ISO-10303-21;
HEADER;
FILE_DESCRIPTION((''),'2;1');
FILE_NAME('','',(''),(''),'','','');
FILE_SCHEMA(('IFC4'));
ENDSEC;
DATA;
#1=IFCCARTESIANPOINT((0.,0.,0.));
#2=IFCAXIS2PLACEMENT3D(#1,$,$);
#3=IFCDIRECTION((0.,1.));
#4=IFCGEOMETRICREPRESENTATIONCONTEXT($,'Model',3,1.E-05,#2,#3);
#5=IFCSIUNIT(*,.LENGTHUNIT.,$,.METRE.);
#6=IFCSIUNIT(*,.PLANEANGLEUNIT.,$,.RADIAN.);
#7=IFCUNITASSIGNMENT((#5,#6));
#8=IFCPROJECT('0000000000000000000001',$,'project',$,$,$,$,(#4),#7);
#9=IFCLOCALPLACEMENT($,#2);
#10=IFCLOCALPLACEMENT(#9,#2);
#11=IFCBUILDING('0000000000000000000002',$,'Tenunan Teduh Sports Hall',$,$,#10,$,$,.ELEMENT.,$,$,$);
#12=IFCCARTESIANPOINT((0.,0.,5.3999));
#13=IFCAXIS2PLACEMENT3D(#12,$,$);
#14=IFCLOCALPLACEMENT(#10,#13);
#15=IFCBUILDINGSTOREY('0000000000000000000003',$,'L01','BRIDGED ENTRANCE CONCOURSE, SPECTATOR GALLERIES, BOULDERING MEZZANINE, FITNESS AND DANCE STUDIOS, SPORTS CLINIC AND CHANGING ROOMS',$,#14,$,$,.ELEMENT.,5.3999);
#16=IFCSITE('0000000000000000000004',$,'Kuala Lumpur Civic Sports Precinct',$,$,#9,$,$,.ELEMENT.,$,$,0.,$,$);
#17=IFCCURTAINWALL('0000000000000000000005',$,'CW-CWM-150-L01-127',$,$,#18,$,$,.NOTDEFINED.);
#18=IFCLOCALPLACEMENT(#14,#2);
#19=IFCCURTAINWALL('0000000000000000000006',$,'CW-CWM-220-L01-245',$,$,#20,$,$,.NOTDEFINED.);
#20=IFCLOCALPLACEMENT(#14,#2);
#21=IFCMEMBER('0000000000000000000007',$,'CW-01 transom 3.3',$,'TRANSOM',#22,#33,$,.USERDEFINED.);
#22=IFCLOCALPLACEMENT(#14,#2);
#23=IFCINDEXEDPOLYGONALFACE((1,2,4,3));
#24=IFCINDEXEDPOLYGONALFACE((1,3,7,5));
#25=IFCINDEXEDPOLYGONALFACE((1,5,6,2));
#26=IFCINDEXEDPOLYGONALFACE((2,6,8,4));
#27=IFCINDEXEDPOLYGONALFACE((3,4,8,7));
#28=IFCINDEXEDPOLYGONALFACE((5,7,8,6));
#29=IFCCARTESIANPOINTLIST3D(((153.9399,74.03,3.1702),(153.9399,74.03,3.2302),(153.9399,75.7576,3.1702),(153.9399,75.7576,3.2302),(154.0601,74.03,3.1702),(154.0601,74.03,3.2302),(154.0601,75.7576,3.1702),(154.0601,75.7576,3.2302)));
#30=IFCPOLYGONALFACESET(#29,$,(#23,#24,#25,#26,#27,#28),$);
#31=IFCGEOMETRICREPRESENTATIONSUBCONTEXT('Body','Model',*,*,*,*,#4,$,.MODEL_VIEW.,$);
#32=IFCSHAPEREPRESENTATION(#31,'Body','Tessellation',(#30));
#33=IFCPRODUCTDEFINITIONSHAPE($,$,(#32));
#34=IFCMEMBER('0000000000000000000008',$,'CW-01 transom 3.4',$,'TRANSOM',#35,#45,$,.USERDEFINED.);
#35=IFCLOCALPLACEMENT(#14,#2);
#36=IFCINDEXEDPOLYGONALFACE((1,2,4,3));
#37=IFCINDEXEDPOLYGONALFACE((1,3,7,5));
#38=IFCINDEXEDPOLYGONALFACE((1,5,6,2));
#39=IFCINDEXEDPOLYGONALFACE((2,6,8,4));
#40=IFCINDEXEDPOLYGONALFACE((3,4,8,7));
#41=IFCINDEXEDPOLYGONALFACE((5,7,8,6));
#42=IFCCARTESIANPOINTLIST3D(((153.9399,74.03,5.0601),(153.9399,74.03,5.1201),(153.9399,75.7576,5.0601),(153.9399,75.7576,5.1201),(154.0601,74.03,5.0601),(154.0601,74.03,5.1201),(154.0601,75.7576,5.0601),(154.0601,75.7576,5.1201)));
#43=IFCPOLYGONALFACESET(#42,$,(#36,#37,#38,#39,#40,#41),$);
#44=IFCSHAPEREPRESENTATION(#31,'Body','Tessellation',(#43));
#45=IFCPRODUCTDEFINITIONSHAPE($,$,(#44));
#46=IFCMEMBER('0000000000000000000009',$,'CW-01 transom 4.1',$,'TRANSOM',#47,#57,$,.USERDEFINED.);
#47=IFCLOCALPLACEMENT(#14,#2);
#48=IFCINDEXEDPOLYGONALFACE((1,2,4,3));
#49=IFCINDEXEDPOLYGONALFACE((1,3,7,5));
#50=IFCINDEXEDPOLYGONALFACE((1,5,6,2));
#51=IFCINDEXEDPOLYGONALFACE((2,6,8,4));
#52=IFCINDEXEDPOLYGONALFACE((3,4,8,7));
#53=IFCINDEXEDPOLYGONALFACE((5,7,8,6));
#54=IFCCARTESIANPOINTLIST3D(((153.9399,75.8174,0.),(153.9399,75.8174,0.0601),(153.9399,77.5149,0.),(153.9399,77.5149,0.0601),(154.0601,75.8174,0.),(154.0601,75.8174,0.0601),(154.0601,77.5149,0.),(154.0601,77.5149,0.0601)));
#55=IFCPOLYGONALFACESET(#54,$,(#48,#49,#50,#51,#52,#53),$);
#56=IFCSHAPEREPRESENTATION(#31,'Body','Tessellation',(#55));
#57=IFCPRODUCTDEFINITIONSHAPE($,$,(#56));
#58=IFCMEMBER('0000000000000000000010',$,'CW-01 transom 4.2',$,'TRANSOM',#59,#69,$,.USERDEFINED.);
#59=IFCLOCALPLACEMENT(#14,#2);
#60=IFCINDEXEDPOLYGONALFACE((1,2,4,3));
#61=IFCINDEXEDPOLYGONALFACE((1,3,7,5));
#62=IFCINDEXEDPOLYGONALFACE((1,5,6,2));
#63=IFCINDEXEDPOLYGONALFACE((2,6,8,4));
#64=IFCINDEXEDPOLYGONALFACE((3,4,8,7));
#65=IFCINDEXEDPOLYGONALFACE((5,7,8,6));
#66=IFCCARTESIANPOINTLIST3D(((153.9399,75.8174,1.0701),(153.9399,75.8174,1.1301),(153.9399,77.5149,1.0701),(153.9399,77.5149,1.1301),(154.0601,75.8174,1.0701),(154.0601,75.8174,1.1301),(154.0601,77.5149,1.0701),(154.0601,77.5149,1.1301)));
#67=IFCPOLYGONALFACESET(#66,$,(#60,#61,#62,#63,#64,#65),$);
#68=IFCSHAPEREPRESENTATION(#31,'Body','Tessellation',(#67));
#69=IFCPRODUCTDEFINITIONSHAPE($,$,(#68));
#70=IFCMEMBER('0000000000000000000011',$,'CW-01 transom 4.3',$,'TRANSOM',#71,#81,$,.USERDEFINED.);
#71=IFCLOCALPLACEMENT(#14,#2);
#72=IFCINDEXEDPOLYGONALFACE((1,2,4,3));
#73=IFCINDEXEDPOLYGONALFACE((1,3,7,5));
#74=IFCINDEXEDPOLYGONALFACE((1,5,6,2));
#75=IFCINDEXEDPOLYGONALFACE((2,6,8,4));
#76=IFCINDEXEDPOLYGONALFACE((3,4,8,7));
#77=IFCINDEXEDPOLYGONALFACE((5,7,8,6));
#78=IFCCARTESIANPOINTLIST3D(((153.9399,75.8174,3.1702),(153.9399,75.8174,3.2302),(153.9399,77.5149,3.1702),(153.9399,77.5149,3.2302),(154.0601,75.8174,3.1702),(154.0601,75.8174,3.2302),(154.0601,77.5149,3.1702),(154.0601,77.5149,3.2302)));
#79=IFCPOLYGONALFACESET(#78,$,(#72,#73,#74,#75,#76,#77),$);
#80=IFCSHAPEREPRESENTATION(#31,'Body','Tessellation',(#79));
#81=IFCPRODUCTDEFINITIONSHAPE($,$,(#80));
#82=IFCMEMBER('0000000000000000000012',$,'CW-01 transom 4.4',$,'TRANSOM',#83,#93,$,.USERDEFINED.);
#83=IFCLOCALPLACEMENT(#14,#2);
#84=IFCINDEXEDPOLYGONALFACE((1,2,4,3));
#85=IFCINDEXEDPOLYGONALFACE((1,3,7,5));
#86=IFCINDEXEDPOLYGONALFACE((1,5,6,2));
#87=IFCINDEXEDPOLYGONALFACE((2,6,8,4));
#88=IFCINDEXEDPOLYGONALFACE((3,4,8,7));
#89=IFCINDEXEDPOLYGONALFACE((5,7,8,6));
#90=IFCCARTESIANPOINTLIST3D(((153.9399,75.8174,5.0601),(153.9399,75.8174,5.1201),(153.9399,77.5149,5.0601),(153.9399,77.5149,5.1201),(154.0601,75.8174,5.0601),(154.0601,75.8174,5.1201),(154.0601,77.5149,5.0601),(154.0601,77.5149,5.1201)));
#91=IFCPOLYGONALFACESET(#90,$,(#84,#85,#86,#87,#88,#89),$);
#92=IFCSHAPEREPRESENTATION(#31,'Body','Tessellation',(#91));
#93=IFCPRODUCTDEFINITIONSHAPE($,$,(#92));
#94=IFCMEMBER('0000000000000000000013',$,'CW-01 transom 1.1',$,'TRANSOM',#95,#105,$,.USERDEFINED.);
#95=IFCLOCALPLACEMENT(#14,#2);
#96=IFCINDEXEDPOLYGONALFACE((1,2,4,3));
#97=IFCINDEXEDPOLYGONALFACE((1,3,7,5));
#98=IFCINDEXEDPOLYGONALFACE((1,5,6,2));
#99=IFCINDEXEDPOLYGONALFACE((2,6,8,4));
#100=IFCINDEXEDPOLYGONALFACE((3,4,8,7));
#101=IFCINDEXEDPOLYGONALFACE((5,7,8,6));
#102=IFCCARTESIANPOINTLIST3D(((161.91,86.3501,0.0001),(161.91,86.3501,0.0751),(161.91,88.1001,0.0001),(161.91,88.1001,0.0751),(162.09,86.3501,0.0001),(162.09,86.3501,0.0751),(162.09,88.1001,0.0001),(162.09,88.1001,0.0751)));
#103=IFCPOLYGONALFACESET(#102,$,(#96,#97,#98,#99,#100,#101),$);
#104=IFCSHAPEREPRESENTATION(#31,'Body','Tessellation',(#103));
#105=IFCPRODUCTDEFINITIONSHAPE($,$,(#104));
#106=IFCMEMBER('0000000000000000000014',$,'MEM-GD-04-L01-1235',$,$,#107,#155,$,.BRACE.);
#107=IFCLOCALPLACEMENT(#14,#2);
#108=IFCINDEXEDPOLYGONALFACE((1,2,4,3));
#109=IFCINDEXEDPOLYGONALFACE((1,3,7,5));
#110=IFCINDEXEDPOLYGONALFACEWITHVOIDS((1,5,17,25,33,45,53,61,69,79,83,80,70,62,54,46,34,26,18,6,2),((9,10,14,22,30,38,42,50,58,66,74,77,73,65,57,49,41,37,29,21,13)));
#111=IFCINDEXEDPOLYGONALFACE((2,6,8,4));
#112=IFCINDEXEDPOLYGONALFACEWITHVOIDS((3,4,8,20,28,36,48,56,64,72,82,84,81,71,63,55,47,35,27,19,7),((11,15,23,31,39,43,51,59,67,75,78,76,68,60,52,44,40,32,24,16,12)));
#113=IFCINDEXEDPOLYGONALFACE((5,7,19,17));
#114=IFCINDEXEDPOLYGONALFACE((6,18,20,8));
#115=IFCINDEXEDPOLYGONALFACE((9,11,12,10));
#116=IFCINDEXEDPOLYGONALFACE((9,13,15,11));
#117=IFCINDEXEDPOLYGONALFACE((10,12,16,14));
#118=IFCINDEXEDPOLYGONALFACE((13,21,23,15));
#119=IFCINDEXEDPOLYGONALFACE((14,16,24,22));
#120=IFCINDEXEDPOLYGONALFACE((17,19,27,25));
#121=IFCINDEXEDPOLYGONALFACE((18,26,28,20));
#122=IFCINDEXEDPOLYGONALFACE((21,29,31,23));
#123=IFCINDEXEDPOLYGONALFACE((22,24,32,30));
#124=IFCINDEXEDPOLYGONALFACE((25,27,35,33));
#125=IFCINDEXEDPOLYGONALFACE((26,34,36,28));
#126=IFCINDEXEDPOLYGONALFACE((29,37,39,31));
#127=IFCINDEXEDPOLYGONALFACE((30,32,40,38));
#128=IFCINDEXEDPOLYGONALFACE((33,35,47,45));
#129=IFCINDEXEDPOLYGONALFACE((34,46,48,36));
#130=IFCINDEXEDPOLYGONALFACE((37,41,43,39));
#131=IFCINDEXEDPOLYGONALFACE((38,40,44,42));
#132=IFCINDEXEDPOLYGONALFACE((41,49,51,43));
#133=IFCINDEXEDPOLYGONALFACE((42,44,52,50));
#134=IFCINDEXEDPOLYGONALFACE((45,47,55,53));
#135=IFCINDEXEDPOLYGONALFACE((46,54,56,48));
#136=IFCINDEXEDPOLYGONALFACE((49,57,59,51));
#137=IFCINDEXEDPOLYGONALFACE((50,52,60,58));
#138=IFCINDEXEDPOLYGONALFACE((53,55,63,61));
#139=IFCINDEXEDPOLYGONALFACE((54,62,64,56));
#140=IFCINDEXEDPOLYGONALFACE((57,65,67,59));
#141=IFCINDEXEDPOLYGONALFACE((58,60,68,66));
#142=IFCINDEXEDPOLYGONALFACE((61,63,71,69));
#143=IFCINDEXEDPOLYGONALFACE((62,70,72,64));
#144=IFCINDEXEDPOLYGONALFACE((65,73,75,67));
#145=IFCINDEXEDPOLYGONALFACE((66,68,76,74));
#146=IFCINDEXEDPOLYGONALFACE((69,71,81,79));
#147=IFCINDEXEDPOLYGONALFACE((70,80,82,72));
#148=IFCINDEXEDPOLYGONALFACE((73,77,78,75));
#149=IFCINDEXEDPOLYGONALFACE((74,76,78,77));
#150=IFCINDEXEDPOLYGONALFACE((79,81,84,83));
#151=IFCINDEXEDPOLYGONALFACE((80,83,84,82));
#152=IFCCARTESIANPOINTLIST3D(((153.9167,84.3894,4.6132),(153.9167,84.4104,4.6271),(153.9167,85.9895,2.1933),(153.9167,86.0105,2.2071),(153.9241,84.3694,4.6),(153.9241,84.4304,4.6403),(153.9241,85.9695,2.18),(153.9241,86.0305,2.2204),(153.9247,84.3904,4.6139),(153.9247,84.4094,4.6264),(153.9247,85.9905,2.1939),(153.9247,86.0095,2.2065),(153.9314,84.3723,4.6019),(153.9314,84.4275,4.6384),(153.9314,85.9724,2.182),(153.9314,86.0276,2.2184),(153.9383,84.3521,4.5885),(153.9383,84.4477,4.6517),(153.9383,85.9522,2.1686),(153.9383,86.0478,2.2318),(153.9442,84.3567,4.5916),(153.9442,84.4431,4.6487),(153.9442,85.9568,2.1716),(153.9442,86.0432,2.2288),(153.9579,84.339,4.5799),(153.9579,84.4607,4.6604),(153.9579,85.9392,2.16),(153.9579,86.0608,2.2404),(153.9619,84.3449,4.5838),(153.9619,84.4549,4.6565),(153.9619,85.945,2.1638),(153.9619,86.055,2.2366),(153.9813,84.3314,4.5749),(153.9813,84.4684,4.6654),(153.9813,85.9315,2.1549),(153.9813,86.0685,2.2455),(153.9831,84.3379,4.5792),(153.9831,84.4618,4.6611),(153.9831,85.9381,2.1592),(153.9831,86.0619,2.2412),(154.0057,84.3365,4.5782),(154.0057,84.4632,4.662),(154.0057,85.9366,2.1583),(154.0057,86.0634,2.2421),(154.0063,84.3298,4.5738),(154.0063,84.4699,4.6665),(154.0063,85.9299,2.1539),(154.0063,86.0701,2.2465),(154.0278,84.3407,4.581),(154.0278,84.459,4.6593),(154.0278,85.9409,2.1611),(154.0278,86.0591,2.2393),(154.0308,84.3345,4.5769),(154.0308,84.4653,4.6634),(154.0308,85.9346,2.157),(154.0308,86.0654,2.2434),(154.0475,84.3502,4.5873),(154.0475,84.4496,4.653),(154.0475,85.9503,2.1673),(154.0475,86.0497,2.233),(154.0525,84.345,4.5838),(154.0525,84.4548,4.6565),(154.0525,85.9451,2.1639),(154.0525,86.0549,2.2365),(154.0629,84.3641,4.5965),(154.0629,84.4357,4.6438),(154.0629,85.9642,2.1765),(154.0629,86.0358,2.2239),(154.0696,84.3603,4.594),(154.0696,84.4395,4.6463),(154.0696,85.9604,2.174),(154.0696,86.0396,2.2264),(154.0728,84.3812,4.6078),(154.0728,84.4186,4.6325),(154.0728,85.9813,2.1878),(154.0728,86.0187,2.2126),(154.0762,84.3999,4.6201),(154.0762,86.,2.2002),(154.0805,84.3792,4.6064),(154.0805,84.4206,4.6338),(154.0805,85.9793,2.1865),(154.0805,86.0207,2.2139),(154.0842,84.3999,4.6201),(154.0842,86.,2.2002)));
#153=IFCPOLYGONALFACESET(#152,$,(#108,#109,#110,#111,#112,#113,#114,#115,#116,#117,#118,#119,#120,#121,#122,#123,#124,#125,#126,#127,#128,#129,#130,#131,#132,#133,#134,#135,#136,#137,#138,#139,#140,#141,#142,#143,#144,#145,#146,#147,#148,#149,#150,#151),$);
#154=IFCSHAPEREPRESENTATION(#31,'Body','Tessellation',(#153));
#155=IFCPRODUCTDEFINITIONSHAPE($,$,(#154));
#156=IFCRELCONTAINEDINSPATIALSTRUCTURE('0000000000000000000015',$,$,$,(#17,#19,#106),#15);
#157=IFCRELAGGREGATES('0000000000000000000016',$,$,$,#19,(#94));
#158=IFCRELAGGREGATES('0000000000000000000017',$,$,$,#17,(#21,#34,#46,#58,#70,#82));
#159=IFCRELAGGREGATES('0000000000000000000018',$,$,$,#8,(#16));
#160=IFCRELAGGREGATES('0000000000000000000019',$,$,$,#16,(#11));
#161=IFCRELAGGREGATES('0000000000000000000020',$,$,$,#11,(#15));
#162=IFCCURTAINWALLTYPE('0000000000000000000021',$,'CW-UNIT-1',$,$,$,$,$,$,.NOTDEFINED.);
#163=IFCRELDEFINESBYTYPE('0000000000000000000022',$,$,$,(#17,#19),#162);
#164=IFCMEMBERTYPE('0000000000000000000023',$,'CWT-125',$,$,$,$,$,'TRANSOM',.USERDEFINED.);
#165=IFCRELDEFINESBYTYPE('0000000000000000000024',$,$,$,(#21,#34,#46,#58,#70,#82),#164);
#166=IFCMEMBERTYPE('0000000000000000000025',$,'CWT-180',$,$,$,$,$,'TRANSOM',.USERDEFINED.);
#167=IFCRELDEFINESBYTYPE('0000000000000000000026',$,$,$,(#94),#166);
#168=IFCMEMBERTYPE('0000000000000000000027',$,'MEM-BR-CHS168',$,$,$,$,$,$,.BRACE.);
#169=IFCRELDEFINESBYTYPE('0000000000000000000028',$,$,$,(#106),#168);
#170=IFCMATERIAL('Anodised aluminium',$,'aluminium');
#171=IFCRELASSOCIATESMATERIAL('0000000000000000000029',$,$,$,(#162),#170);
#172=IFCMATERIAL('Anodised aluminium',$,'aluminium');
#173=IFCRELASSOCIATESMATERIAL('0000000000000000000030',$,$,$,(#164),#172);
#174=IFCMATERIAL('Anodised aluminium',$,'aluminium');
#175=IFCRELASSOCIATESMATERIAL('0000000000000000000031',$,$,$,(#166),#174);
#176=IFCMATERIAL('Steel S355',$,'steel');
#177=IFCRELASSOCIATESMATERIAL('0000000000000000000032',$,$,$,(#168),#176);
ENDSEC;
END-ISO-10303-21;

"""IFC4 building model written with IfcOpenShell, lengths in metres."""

from ifc_helpers import new_model, si_unit, direction, frame, origin, origin_2d, place, context, subcontext, project, spatial, rectangle, hollow_circle, extrude, material, material_profile, profile_set, type_object, element, aggregate, save


model = new_model("IFC4")

# Units and contexts
model_context = context("Model", 3, precision=1e-05, world=origin(), true_north=direction((0.0, 1.0)))
body_context = subcontext(model_context, "Body", "Model", "MODEL_VIEW")
ifc_project = project(units=[si_unit("LENGTHUNIT", "METRE"), si_unit("PLANEANGLEUNIT", "RADIAN")], contexts=[model_context])

# Site, building, storey
site_placement = place(None, origin())
site = spatial("IfcSite", under=ifc_project, at=site_placement, Name="Kuala Lumpur Civic Sports Precinct", CompositionType="ELEMENT", RefElevation=0.0)
building_placement = place(site_placement, origin())
building = spatial("IfcBuilding", under=site, at=building_placement, Name="Tenunan Teduh Sports Hall", CompositionType="ELEMENT")
storey_placement = place(building_placement, frame((0.0, 0.0, 5.3999)))
storey = spatial("IfcBuildingStorey", under=building, at=storey_placement, Name="L01", Description="BRIDGED ENTRANCE CONCOURSE, SPECTATOR GALLERIES, BOULDERING MEZZANINE, FITNESS AND DANCE STUDIOS, SPORTS CLINIC AND CHANGING ROOMS", CompositionType="ELEMENT", Elevation=5.3999)

# Curtain wall
ifc_material_1 = material(Name="Anodised aluminium", Category="aluminium")
curtain_wall_type = type_object("IfcCurtainWallType", Name="CW-UNIT-1", PredefinedType="NOTDEFINED", material=ifc_material_1)
curtain_wall_1_placement = place(storey_placement, origin())
curtain_wall_1 = element("IfcCurtainWall", 1, at=curtain_wall_1_placement, inside=storey, type_object=curtain_wall_type, Name="CW-CWM-150-L01-127", PredefinedType="NOTDEFINED")

# Curtain wall
curtain_wall_2_placement = place(storey_placement, origin())
curtain_wall_2 = element("IfcCurtainWall", 2, at=curtain_wall_2_placement, inside=storey, type_object=curtain_wall_type, Name="CW-CWM-220-L01-245", PredefinedType="NOTDEFINED")

# Members
ifc_material_2 = material(Name="Anodised aluminium", Category="aluminium")
ifc_material_profile_1 = material_profile(ifc_material_2, rectangle(XDim=0.0601, YDim=0.1201, at=origin_2d()), Name="CWT 60x120")
ifc_profile_set_1 = profile_set([ifc_material_profile_1], Name="Anodised aluminium")
member_type_1 = type_object("IfcMemberType", Name="CWT-125", ElementType="TRANSOM", PredefinedType="USERDEFINED", material=ifc_profile_set_1)
member_1_placement = place(storey_placement, frame((154.0, 74.03, 3.2002), z_axis=(0.0, 1.0, 0.0), x_axis=(0.0, 0.0, 1.0)))
member_1 = element("IfcMember", 3, at=member_1_placement, type_object=member_type_1, Name="CW-01 transom 3.3", ObjectType="TRANSOM", PredefinedType="USERDEFINED", context=body_context, shape_type="SweptSolid", body=[
    extrude(rectangle(XDim=0.0601, YDim=0.1201, at=origin_2d()), origin(), (0.0, 0.0, 1.0), 1.7275),
])
member_2_placement = place(storey_placement, frame((154.0, 74.03, 5.0901), z_axis=(0.0, 1.0, 0.0), x_axis=(0.0, 0.0, 1.0)))
member_2 = element("IfcMember", 4, at=member_2_placement, type_object=member_type_1, Name="CW-01 transom 3.4", ObjectType="TRANSOM", PredefinedType="USERDEFINED", context=body_context, shape_type="SweptSolid", body=[
    extrude(rectangle(XDim=0.0601, YDim=0.1201, at=origin_2d()), origin(), (0.0, 0.0, 1.0), 1.7275),
])
member_3_placement = place(storey_placement, frame((154.0, 75.8174, 0.03), z_axis=(0.0, 1.0, 0.0), x_axis=(0.0, 0.0, 1.0)))
member_3 = element("IfcMember", 5, at=member_3_placement, type_object=member_type_1, Name="CW-01 transom 4.1", ObjectType="TRANSOM", PredefinedType="USERDEFINED", context=body_context, shape_type="SweptSolid", body=[
    extrude(rectangle(XDim=0.0601, YDim=0.1201, at=origin_2d()), origin(), (0.0, 0.0, 1.0), 1.6975),
])
member_4_placement = place(storey_placement, frame((154.0, 75.8174, 1.1001), z_axis=(0.0, 1.0, 0.0), x_axis=(0.0, 0.0, 1.0)))
member_4 = element("IfcMember", 6, at=member_4_placement, type_object=member_type_1, Name="CW-01 transom 4.2", ObjectType="TRANSOM", PredefinedType="USERDEFINED", context=body_context, shape_type="SweptSolid", body=[
    extrude(rectangle(XDim=0.0601, YDim=0.1201, at=origin_2d()), origin(), (0.0, 0.0, 1.0), 1.6975),
])
member_5_placement = place(storey_placement, frame((154.0, 75.8174, 3.2002), z_axis=(0.0, 1.0, 0.0), x_axis=(0.0, 0.0, 1.0)))
member_5 = element("IfcMember", 7, at=member_5_placement, type_object=member_type_1, Name="CW-01 transom 4.3", ObjectType="TRANSOM", PredefinedType="USERDEFINED", context=body_context, shape_type="SweptSolid", body=[
    extrude(rectangle(XDim=0.0601, YDim=0.1201, at=origin_2d()), origin(), (0.0, 0.0, 1.0), 1.6975),
])
member_6_placement = place(storey_placement, frame((154.0, 75.8174, 5.0901), z_axis=(0.0, 1.0, 0.0), x_axis=(0.0, 0.0, 1.0)))
member_6 = element("IfcMember", 8, at=member_6_placement, type_object=member_type_1, Name="CW-01 transom 4.4", ObjectType="TRANSOM", PredefinedType="USERDEFINED", context=body_context, shape_type="SweptSolid", body=[
    extrude(rectangle(XDim=0.0601, YDim=0.1201, at=origin_2d()), origin(), (0.0, 0.0, 1.0), 1.6975),
])
ifc_material_3 = material(Name="Anodised aluminium", Category="aluminium")
ifc_material_profile_2 = material_profile(ifc_material_3, rectangle(XDim=0.075, YDim=0.1799, at=origin_2d()), Name="CWT 75x180")
ifc_profile_set_2 = profile_set([ifc_material_profile_2], Name="Anodised aluminium")
member_type_2 = type_object("IfcMemberType", Name="CWT-180", ElementType="TRANSOM", PredefinedType="USERDEFINED", material=ifc_profile_set_2)
member_7_placement = place(storey_placement, frame((162.0, 86.3501, 0.0376), z_axis=(0.0, 1.0, 0.0), x_axis=(0.0, 0.0, 1.0)))
member_7 = element("IfcMember", 9, at=member_7_placement, type_object=member_type_2, Name="CW-01 transom 1.1", ObjectType="TRANSOM", PredefinedType="USERDEFINED", context=body_context, shape_type="SweptSolid", body=[
    extrude(rectangle(XDim=0.075, YDim=0.1799, at=origin_2d()), origin(), (0.0, 0.0, 1.0), 1.75),
])
aggregate(curtain_wall_2, [member_7])

# Member
ifc_material_4 = material(Name="Steel S355", Category="steel")
ifc_material_profile_3 = material_profile(ifc_material_4, hollow_circle(Radius=0.0842, WallThickness=0.0081, at=origin_2d()), Name="CHS 168.3x8.0")
ifc_profile_set_3 = profile_set([ifc_material_profile_3], Name="Steel S355")
member_type_3 = type_object("IfcMemberType", Name="MEM-BR-CHS168", PredefinedType="BRACE", material=ifc_profile_set_3)
member_8_placement = place(storey_placement, frame((154.0, 86.0, 2.2002), z_axis=(0.0, -0.55155, 0.834142), x_axis=(1.0, 0.0, 0.0)))
element("IfcMember", 10, at=member_8_placement, inside=storey, type_object=member_type_3, Name="MEM-GD-04-L01-1235", PredefinedType="BRACE", context=body_context, shape_type="SweptSolid", body=[
    extrude(hollow_circle(Radius=0.0842, WallThickness=0.0081, at=origin_2d()), origin(), (0.0, 0.0, 1.0), 2.9011),
])

aggregate(curtain_wall_1, [member_1, member_2, member_3, member_4, member_5, member_6])

save(model, "model.ifc")
